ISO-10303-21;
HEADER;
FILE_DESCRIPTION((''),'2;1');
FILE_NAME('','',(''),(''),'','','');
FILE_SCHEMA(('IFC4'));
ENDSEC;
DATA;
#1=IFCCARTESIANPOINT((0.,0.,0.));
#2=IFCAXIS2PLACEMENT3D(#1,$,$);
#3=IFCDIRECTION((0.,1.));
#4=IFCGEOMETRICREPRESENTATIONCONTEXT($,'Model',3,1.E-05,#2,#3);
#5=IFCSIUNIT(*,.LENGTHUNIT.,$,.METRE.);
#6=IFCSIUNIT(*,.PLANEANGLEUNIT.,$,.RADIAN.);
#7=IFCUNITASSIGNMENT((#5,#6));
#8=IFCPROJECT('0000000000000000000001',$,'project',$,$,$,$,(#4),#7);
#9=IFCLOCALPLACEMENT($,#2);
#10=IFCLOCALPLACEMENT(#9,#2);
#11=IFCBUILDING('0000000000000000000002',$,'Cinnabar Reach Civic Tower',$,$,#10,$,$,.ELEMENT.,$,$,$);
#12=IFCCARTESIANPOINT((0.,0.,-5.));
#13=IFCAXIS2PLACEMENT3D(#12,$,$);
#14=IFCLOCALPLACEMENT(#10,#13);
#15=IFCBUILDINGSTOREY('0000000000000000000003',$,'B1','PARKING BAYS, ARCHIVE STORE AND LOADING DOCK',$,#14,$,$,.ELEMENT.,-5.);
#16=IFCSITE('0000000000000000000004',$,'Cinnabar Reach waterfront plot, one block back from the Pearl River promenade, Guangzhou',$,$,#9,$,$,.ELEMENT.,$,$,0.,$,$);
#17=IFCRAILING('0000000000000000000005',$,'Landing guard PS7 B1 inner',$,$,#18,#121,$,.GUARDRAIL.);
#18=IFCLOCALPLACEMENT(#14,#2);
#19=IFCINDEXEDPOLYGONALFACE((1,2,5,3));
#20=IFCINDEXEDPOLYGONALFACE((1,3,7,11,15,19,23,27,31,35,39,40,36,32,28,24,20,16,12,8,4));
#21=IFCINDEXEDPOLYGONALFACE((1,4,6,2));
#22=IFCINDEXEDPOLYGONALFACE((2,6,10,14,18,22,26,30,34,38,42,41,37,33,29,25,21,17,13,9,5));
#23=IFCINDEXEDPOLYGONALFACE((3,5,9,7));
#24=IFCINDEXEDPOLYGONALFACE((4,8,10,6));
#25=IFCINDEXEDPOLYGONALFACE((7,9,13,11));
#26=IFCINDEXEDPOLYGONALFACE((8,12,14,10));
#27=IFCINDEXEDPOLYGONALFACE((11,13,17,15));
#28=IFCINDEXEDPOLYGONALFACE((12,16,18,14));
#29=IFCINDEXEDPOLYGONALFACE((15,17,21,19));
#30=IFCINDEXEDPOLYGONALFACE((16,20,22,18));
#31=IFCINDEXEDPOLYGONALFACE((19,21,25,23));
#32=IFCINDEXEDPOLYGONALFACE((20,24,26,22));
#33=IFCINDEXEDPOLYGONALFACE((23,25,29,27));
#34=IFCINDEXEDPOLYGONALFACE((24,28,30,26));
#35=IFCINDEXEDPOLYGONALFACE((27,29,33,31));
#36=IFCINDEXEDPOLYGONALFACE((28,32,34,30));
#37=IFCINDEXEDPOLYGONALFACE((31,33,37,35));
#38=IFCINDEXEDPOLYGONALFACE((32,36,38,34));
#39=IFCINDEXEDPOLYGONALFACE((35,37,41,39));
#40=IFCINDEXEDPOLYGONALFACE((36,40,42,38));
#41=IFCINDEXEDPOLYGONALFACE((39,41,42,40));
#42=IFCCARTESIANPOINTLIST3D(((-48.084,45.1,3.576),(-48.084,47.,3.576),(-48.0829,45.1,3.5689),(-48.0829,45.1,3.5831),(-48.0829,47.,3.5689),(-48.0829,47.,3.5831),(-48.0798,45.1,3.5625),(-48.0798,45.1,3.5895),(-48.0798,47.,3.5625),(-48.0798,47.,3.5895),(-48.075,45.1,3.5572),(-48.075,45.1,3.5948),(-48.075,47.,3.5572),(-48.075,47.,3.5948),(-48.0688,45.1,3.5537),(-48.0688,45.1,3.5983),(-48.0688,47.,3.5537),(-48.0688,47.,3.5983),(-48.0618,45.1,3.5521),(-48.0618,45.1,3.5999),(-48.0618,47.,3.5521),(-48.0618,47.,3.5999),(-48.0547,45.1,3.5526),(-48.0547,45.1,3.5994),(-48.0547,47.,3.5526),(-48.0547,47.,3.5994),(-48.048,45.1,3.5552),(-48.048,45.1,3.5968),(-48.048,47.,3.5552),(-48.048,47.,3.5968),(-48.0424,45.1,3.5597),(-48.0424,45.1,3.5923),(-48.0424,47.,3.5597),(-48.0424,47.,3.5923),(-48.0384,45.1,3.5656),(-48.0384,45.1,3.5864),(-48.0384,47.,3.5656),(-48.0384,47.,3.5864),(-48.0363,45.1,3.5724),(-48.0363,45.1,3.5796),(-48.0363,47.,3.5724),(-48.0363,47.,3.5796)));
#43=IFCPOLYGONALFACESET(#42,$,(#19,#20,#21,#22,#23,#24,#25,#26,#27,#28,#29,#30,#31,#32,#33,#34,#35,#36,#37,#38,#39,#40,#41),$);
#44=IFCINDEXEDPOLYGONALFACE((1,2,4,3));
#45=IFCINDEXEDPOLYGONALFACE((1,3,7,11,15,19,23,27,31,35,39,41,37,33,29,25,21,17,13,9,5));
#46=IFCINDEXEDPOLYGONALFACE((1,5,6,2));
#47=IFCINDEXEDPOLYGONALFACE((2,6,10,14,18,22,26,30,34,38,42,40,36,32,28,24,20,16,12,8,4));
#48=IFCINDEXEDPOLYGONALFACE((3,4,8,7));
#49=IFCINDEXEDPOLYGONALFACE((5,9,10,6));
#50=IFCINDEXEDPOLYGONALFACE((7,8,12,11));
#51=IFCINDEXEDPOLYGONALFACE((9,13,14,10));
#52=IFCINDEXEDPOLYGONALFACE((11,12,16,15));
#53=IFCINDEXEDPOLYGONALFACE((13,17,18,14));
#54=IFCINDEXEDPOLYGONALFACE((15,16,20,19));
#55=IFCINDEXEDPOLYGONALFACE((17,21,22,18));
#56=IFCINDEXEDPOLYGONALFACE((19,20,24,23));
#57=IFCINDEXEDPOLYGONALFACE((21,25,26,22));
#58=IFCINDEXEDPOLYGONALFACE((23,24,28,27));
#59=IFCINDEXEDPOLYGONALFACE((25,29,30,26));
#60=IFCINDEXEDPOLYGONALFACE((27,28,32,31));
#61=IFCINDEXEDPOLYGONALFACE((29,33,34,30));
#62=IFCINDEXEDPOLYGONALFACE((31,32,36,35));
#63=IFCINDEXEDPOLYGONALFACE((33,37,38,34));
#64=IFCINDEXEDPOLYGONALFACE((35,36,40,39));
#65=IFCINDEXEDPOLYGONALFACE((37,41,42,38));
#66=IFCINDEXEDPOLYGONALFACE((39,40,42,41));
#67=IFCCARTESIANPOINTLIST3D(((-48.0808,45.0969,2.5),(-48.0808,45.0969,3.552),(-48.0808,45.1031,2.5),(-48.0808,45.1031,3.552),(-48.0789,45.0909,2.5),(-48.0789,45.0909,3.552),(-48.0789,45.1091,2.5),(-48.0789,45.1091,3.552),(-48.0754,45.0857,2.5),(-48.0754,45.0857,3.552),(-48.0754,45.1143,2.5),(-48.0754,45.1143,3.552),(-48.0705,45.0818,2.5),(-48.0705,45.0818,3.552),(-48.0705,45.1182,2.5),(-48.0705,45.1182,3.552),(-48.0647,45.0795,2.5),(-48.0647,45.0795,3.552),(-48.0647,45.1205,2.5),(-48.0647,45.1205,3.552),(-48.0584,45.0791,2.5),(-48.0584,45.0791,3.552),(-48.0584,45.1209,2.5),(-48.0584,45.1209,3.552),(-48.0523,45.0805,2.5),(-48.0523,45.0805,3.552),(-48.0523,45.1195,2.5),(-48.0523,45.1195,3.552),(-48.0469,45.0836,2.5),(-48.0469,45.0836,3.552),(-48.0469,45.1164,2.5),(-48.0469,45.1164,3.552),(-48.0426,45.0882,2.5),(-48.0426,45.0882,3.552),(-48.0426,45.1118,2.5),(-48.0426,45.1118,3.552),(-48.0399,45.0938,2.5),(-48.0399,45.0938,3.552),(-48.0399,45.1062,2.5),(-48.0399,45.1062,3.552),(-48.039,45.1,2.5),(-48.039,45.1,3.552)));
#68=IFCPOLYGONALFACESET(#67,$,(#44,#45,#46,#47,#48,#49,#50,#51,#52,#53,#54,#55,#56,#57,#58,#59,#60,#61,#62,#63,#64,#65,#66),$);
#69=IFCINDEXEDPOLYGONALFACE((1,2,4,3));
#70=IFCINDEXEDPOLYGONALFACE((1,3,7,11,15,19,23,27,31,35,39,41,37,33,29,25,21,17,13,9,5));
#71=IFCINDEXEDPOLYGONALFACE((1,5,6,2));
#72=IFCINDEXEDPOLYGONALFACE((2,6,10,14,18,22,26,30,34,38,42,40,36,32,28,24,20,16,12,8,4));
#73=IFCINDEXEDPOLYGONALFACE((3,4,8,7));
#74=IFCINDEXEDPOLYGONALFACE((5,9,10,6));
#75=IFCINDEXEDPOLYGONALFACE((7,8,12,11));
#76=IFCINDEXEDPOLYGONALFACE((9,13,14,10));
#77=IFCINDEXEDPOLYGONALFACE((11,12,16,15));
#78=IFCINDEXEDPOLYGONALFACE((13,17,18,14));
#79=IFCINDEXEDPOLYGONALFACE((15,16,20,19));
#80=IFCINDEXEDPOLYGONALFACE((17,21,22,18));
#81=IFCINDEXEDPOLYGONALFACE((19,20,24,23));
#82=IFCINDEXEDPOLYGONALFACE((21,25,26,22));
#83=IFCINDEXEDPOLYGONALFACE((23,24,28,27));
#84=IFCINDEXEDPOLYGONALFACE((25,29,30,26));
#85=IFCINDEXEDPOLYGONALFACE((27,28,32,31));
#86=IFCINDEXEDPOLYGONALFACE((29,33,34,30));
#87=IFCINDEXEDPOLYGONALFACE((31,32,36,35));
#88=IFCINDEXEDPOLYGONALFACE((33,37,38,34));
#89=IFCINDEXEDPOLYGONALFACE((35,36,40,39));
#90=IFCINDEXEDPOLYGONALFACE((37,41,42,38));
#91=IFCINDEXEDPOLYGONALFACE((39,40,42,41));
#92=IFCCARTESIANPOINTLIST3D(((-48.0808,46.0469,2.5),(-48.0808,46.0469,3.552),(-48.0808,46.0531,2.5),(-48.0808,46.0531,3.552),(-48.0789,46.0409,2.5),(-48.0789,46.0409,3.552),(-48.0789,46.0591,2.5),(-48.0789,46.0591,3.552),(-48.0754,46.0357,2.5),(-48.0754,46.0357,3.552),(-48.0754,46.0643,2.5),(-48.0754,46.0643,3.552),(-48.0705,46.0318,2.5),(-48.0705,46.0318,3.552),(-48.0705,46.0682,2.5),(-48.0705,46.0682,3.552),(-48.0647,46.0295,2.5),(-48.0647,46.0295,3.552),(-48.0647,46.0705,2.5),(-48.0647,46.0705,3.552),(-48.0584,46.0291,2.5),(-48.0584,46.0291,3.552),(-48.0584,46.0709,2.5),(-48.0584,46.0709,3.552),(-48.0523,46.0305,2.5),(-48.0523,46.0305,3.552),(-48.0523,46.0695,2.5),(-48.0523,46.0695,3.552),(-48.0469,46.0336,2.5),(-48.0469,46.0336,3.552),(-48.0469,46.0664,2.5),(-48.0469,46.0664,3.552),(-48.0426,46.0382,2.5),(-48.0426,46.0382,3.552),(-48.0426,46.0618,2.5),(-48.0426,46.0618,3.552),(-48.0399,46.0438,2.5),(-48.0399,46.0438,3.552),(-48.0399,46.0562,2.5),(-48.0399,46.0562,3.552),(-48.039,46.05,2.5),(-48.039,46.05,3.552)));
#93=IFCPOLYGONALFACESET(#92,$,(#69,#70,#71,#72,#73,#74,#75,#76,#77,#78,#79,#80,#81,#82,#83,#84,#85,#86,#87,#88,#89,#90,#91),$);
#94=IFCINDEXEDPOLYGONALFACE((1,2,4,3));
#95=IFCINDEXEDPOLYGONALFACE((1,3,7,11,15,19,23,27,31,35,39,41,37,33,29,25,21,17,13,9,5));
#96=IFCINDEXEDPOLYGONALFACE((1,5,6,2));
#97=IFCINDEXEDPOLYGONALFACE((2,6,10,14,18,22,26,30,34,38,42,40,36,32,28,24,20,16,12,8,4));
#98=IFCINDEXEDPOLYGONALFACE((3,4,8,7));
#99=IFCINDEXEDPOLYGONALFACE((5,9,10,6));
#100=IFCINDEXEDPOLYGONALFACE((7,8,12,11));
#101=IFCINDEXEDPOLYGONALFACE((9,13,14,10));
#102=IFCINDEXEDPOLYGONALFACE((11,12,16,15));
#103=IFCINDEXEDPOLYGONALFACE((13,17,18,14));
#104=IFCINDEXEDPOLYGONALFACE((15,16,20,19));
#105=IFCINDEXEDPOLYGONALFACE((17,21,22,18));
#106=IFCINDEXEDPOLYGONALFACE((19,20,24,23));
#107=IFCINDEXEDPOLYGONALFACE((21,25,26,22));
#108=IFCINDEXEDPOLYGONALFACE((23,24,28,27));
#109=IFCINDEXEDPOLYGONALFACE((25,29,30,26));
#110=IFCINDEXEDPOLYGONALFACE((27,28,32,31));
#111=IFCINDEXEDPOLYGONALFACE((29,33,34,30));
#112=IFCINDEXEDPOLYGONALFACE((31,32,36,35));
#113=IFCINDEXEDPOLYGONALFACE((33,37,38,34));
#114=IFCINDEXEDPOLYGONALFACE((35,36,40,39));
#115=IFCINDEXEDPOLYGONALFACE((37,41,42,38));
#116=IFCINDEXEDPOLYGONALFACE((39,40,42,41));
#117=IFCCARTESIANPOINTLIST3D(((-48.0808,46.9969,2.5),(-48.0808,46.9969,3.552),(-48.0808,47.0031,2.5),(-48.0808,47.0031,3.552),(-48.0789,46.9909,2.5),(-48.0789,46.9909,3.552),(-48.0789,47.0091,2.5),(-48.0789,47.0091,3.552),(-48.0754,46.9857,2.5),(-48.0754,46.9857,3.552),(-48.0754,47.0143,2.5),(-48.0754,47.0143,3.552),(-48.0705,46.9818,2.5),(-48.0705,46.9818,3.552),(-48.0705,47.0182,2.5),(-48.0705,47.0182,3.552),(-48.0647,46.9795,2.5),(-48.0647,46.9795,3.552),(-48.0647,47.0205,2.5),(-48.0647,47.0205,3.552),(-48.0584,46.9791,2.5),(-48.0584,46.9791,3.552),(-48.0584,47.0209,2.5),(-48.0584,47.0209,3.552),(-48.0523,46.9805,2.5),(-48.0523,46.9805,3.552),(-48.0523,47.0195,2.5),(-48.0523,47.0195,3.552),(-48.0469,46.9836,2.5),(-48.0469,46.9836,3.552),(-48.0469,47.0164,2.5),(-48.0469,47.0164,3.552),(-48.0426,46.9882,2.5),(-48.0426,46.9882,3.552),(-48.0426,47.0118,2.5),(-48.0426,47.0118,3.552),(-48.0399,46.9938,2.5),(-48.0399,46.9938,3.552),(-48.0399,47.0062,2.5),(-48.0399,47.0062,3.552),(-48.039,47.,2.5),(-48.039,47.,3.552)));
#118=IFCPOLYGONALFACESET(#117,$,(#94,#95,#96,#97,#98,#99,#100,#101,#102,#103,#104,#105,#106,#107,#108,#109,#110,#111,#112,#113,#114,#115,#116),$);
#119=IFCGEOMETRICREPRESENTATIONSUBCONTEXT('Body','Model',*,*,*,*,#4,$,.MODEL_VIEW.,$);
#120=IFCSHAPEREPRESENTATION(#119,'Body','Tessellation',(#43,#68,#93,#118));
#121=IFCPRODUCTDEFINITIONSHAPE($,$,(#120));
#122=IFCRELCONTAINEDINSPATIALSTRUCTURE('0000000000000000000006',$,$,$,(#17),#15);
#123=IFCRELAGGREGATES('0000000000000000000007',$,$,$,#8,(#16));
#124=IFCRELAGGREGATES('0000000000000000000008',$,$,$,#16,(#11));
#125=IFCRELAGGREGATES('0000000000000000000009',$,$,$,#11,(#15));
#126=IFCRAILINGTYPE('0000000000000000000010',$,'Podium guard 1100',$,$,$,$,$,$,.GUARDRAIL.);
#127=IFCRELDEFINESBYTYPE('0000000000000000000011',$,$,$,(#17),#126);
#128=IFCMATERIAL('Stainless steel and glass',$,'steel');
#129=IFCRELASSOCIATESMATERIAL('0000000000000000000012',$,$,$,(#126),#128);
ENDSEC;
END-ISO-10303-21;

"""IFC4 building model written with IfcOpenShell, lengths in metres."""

from ifc_helpers import new_model, si_unit, direction, frame, origin, origin_2d, place, context, subcontext, project, spatial, circle, extrude, material, type_object, element, save


model = new_model("IFC4")

# Units and contexts
model_context = context("Model", 3, precision=1e-05, world=origin(), true_north=direction((0.0, 1.0)))
body_context = subcontext(model_context, "Body", "Model", "MODEL_VIEW")
ifc_project = project(units=[si_unit("LENGTHUNIT", "METRE"), si_unit("PLANEANGLEUNIT", "RADIAN")], contexts=[model_context])

# Site, building, storey
site_placement = place(None, origin())
site = spatial("IfcSite", under=ifc_project, at=site_placement, Name="Cinnabar Reach waterfront plot, one block back from the Pearl River promenade, Guangzhou", CompositionType="ELEMENT", RefElevation=0.0)
building_placement = place(site_placement, origin())
building = spatial("IfcBuilding", under=site, at=building_placement, Name="Cinnabar Reach Civic Tower", CompositionType="ELEMENT")
storey_placement = place(building_placement, frame((0.0, 0.0, -5.0)))
storey = spatial("IfcBuildingStorey", under=building, at=storey_placement, Name="B1", Description="PARKING BAYS, ARCHIVE STORE AND LOADING DOCK", CompositionType="ELEMENT", Elevation=-5.0)

# Railing
ifc_material_1 = material(Name="Stainless steel and glass", Category="steel")
railing_type_1 = type_object("IfcRailingType", Name="Podium guard 1100", PredefinedType="GUARDRAIL", material=ifc_material_1)
railing_1_placement = place(storey_placement, frame((-48.06, 45.1, 2.5)))
element("IfcRailing", 1, at=railing_1_placement, inside=storey, type_object=railing_type_1, Name="Landing guard PS7 B1 inner", PredefinedType="GUARDRAIL", context=body_context, shape_type="SweptSolid", body=[
    extrude(circle(Radius=0.024, at=origin_2d()), frame((0.0, 0.0, 1.076), z_axis=(0.0, 1.0, 0.0), x_axis=(-1.0, 0.0, 0.0)), (0.0, 0.0, 1.0), 1.9),
    extrude(circle(Radius=0.021, at=origin_2d()), origin(), (0.0, 0.0, 1.0), 1.052),
    extrude(circle(Radius=0.021, at=origin_2d()), frame((0.0, 0.95, 0.0)), (0.0, 0.0, 1.0), 1.052),
    extrude(circle(Radius=0.021, at=origin_2d()), frame((0.0, 1.9, 0.0)), (0.0, 0.0, 1.0), 1.052),
])

save(model, "model.ifc")
